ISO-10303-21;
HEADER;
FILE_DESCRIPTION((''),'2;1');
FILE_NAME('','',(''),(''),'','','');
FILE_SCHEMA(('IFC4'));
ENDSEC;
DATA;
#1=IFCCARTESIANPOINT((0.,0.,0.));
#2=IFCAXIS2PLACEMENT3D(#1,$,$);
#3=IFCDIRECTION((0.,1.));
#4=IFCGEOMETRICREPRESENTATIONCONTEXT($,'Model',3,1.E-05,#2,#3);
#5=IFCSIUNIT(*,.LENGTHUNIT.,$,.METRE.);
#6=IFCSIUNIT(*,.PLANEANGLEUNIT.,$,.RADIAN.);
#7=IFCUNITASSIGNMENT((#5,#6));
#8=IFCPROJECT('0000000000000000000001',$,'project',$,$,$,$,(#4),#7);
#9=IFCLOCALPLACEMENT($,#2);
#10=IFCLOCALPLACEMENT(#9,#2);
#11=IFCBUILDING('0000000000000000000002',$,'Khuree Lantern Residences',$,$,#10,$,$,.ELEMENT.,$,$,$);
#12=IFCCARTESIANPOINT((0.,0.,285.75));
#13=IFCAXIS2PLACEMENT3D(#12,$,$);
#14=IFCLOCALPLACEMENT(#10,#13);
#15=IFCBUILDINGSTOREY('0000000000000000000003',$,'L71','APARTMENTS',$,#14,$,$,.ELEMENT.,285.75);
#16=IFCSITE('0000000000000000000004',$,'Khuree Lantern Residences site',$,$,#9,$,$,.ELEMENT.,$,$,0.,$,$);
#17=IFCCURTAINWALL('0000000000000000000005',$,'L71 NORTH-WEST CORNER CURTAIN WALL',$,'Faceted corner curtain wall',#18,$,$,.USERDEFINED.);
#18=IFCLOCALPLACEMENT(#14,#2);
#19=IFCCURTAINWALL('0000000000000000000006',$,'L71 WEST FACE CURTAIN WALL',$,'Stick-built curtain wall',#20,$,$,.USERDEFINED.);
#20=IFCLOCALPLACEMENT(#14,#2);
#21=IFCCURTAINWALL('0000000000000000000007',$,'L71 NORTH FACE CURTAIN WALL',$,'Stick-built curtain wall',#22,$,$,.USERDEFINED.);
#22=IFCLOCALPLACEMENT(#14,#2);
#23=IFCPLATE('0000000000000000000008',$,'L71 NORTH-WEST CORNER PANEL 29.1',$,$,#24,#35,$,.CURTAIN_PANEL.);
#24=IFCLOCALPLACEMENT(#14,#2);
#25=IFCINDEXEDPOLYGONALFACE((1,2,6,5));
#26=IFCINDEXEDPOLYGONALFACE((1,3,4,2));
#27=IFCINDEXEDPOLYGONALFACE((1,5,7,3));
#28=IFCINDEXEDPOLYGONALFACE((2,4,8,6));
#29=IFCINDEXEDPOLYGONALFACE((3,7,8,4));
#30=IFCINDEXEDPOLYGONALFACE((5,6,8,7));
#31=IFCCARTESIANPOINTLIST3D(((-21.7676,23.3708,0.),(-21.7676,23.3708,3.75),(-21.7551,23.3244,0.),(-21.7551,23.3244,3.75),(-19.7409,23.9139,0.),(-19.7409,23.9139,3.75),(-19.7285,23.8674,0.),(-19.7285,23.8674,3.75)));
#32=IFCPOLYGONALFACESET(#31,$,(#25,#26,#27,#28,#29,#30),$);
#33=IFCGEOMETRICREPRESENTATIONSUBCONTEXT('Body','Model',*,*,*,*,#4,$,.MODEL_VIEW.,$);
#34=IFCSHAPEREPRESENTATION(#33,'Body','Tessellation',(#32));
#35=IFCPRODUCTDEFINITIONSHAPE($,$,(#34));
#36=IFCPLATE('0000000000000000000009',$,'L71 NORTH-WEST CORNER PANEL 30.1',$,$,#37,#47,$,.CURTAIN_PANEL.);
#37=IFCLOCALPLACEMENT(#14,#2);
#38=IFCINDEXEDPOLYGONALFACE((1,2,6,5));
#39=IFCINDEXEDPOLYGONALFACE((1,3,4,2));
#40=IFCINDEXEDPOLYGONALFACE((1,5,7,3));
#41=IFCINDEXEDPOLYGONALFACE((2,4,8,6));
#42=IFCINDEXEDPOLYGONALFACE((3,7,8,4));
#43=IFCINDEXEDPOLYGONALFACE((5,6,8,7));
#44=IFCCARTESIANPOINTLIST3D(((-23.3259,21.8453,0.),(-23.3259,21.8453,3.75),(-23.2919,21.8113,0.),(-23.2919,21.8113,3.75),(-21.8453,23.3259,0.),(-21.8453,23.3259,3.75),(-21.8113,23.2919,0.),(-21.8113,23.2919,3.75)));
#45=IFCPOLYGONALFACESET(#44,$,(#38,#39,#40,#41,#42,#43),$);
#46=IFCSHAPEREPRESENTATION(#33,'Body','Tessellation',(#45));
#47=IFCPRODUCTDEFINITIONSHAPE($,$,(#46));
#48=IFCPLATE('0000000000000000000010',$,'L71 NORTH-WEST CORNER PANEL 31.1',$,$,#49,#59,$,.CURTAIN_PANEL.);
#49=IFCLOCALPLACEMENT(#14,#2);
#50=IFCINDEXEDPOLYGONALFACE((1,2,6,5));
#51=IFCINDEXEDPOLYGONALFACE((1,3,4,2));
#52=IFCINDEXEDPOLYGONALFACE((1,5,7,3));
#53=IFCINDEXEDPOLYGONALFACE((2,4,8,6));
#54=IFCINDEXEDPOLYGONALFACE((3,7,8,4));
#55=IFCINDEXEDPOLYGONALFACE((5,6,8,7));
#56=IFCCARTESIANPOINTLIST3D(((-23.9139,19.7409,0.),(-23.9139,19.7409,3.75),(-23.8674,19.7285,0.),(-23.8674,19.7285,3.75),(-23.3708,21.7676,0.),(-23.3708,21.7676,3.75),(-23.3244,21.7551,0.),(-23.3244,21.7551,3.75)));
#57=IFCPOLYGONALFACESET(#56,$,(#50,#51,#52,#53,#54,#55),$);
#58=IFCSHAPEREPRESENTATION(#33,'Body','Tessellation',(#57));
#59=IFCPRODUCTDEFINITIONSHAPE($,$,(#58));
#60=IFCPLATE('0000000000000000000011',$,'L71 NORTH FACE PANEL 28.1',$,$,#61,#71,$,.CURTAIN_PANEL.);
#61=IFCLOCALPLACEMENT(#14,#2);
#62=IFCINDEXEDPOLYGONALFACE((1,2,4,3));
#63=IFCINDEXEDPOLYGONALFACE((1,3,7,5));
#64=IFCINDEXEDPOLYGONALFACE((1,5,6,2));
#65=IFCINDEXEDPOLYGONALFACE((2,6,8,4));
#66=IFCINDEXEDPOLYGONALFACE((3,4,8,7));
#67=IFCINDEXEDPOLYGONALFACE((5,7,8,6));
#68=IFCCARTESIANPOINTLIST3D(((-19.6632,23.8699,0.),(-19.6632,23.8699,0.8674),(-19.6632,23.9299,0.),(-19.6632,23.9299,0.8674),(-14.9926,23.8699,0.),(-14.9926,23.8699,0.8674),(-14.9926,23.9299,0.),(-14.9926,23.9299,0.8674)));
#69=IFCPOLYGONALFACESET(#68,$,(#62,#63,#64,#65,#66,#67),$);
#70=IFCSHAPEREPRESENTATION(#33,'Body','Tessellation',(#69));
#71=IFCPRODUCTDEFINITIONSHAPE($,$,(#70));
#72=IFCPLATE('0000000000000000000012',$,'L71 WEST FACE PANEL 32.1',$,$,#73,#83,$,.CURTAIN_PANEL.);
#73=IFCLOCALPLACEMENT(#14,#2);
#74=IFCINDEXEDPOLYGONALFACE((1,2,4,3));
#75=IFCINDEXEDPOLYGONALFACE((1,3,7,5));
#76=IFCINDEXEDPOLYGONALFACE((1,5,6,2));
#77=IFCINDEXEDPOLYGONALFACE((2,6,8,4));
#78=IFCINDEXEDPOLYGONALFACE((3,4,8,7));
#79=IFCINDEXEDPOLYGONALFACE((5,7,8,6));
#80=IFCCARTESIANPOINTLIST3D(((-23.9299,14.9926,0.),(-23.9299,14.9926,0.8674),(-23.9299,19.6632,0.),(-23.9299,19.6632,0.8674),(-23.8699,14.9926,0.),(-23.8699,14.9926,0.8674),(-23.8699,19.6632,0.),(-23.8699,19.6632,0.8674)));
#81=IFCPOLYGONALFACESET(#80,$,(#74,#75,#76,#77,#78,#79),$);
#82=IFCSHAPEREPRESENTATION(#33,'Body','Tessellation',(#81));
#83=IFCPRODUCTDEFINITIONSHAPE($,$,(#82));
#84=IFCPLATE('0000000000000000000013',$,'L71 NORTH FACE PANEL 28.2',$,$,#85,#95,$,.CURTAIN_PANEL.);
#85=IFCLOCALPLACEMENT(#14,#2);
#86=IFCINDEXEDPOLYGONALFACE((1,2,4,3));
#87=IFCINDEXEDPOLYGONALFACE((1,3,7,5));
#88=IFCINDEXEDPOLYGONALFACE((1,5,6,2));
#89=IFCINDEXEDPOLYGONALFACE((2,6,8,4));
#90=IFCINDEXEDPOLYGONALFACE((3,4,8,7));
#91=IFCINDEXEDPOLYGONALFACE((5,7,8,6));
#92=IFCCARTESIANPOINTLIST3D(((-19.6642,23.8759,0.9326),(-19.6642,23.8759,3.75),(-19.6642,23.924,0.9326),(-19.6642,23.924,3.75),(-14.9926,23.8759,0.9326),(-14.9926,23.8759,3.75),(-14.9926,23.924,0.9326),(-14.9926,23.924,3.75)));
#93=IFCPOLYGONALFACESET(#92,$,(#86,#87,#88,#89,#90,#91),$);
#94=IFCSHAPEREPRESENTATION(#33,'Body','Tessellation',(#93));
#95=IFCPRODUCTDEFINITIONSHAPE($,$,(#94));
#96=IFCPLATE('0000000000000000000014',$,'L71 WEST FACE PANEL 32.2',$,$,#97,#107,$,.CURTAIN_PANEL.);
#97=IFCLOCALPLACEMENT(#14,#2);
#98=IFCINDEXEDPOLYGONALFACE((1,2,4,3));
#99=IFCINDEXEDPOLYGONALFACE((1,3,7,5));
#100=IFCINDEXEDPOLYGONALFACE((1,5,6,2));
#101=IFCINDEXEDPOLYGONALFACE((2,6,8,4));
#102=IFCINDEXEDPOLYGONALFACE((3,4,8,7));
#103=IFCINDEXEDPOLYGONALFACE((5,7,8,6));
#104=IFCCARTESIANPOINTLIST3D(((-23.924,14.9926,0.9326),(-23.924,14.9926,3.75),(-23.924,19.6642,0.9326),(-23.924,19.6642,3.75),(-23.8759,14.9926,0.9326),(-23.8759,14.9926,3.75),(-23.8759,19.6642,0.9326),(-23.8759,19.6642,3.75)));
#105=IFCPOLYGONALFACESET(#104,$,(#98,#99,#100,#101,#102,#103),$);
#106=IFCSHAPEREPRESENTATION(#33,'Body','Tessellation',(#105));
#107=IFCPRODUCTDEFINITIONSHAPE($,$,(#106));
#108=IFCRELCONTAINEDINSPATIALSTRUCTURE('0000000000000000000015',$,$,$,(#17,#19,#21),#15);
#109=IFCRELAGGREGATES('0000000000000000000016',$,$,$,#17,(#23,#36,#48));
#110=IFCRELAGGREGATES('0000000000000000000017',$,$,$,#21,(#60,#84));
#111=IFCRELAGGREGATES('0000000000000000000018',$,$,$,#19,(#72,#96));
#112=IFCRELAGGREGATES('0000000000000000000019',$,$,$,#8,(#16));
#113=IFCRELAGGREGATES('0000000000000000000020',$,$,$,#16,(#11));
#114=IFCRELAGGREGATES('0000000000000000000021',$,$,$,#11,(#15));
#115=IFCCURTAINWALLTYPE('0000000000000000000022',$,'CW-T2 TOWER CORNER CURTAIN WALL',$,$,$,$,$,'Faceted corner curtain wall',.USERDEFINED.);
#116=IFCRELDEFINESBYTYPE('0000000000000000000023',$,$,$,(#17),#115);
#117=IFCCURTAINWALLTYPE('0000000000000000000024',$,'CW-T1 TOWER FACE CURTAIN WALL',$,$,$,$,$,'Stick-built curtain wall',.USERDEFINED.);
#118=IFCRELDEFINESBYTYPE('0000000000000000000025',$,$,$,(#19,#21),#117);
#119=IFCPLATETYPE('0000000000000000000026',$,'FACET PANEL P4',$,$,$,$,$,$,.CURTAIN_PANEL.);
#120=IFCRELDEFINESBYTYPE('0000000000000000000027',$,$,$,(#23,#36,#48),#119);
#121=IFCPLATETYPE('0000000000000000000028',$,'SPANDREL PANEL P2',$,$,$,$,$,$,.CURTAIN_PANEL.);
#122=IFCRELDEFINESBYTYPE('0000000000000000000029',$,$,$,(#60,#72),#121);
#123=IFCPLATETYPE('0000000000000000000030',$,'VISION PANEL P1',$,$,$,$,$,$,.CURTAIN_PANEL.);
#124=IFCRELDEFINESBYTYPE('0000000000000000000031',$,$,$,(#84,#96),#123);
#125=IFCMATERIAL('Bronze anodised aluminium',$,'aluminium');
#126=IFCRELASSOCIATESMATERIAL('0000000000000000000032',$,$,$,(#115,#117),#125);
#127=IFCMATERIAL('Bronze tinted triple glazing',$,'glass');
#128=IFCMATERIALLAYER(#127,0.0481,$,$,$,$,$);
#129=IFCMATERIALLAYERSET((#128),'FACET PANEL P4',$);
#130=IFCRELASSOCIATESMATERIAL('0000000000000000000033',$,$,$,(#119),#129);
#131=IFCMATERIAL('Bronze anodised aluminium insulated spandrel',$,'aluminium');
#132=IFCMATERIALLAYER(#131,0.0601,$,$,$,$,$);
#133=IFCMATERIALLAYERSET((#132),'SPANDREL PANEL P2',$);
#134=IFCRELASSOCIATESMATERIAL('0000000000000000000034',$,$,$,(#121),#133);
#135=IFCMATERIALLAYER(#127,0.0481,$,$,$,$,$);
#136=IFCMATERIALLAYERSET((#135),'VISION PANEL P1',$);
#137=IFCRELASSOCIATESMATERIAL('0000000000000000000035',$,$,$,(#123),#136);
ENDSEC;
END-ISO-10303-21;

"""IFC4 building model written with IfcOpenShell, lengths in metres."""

from ifc_helpers import new_model, si_unit, direction, frame, origin, origin_2d, place, context, subcontext, project, spatial, rectangle, extrude, material, layer, layer_set, type_object, element, aggregate, save


model = new_model("IFC4")

# Units and contexts
model_context = context("Model", 3, precision=1e-05, world=origin(), true_north=direction((0.0, 1.0)))
body_context = subcontext(model_context, "Body", "Model", "MODEL_VIEW")
ifc_project = project(units=[si_unit("LENGTHUNIT", "METRE"), si_unit("PLANEANGLEUNIT", "RADIAN")], contexts=[model_context])

# Site, building, storey
site_placement = place(None, origin())
site = spatial("IfcSite", under=ifc_project, at=site_placement, Name="Khuree Lantern Residences site", CompositionType="ELEMENT", RefElevation=0.0)
building_placement = place(site_placement, origin())
building = spatial("IfcBuilding", under=site, at=building_placement, Name="Khuree Lantern Residences", CompositionType="ELEMENT")
storey_placement = place(building_placement, frame((0.0, 0.0, 285.75)))
storey = spatial("IfcBuildingStorey", under=building, at=storey_placement, Name="L71", Description="APARTMENTS", CompositionType="ELEMENT", Elevation=285.75)

# Curtain walls
ifc_material_1 = material(Name="Bronze anodised aluminium", Category="aluminium")
curtain_wall_type_1 = type_object("IfcCurtainWallType", Name="CW-T2 TOWER CORNER CURTAIN WALL", ElementType="Faceted corner curtain wall", PredefinedType="USERDEFINED", material=ifc_material_1)
curtain_wall_1_placement = place(storey_placement, origin())
curtain_wall_1 = element("IfcCurtainWall", 1, at=curtain_wall_1_placement, inside=storey, type_object=curtain_wall_type_1, Name="L71 NORTH-WEST CORNER CURTAIN WALL", ObjectType="Faceted corner curtain wall", PredefinedType="USERDEFINED")
curtain_wall_type_2 = type_object("IfcCurtainWallType", Name="CW-T1 TOWER FACE CURTAIN WALL", ElementType="Stick-built curtain wall", PredefinedType="USERDEFINED", material=ifc_material_1)
curtain_wall_2_placement = place(storey_placement, origin())
curtain_wall_2 = element("IfcCurtainWall", 2, at=curtain_wall_2_placement, inside=storey, type_object=curtain_wall_type_2, Name="L71 WEST FACE CURTAIN WALL", ObjectType="Stick-built curtain wall", PredefinedType="USERDEFINED")

# Curtain wall
curtain_wall_3_placement = place(storey_placement, origin())
curtain_wall_3 = element("IfcCurtainWall", 3, at=curtain_wall_3_placement, inside=storey, type_object=curtain_wall_type_2, Name="L71 NORTH FACE CURTAIN WALL", ObjectType="Stick-built curtain wall", PredefinedType="USERDEFINED")

# Plates
ifc_material_2 = material(Name="Bronze tinted triple glazing", Category="glass")
ifc_layer_1 = layer(ifc_material_2, 0.0481)
ifc_layer_set_1 = layer_set([ifc_layer_1], Name="FACET PANEL P4")
plate_type_1 = type_object("IfcPlateType", Name="FACET PANEL P4", PredefinedType="CURTAIN_PANEL", material=ifc_layer_set_1)
plate_1_placement = place(storey_placement, frame((-20.748, 23.6191, 0.0), z_axis=(0.0, 0.0, 1.0), x_axis=(-0.965926, -0.258819, 0.0)))
plate_1 = element("IfcPlate", 4, at=plate_1_placement, type_object=plate_type_1, Name="L71 NORTH-WEST CORNER PANEL 29.1", PredefinedType="CURTAIN_PANEL", context=body_context, shape_type="SweptSolid", body=[
    extrude(rectangle(XDim=2.0981, YDim=0.0481, at=origin_2d()), origin(), (0.0, 0.0, 1.0), 3.75),
])
plate_2_placement = place(storey_placement, frame((-22.5686, 22.5686, 0.0), z_axis=(0.0, 0.0, 1.0), x_axis=(-0.707107, -0.707107, 0.0)))
plate_2 = element("IfcPlate", 5, at=plate_2_placement, type_object=plate_type_1, Name="L71 NORTH-WEST CORNER PANEL 30.1", PredefinedType="CURTAIN_PANEL", context=body_context, shape_type="SweptSolid", body=[
    extrude(rectangle(XDim=2.094, YDim=0.0481, at=origin_2d()), origin(), (0.0, 0.0, 1.0), 3.75),
])
plate_3_placement = place(storey_placement, frame((-23.6191, 20.748, 0.0), z_axis=(0.0, 0.0, 1.0), x_axis=(-0.258819, -0.965926, 0.0)))
plate_3 = element("IfcPlate", 6, at=plate_3_placement, type_object=plate_type_1, Name="L71 NORTH-WEST CORNER PANEL 31.1", PredefinedType="CURTAIN_PANEL", context=body_context, shape_type="SweptSolid", body=[
    extrude(rectangle(XDim=2.0981, YDim=0.0481, at=origin_2d()), origin(), (0.0, 0.0, 1.0), 3.75),
])
aggregate(curtain_wall_1, [plate_1, plate_2, plate_3])
ifc_material_3 = material(Name="Bronze anodised aluminium insulated spandrel", Category="aluminium")
ifc_layer_2 = layer(ifc_material_3, 0.0601)
ifc_layer_set_2 = layer_set([ifc_layer_2], Name="SPANDREL PANEL P2")
plate_type_2 = type_object("IfcPlateType", Name="SPANDREL PANEL P2", PredefinedType="CURTAIN_PANEL", material=ifc_layer_set_2)
plate_4_placement = place(storey_placement, frame((-17.3279, 23.8999, 0.0), z_axis=(0.0, 0.0, 1.0), x_axis=(-1.0, 0.0, 0.0)))
plate_4 = element("IfcPlate", 7, at=plate_4_placement, type_object=plate_type_2, Name="L71 NORTH FACE PANEL 28.1", PredefinedType="CURTAIN_PANEL", context=body_context, shape_type="SweptSolid", body=[
    extrude(rectangle(XDim=4.6707, YDim=0.0601, at=origin_2d()), origin(), (0.0, 0.0, 1.0), 0.8674),
])
plate_5_placement = place(storey_placement, frame((-23.8999, 17.3279, 0.0), z_axis=(0.0, 0.0, 1.0), x_axis=(0.0, -1.0, 0.0)))
plate_5 = element("IfcPlate", 8, at=plate_5_placement, type_object=plate_type_2, Name="L71 WEST FACE PANEL 32.1", PredefinedType="CURTAIN_PANEL", context=body_context, shape_type="SweptSolid", body=[
    extrude(rectangle(XDim=4.6707, YDim=0.0601, at=origin_2d()), origin(), (0.0, 0.0, 1.0), 0.8674),
])
ifc_layer_3 = layer(ifc_material_2, 0.0481)
ifc_layer_set_3 = layer_set([ifc_layer_3], Name="VISION PANEL P1")
plate_type_3 = type_object("IfcPlateType", Name="VISION PANEL P1", PredefinedType="CURTAIN_PANEL", material=ifc_layer_set_3)
plate_6_placement = place(storey_placement, frame((-17.3284, 23.8999, 0.9326), z_axis=(0.0, 0.0, 1.0), x_axis=(-1.0, 0.0, 0.0)))
plate_6 = element("IfcPlate", 9, at=plate_6_placement, type_object=plate_type_3, Name="L71 NORTH FACE PANEL 28.2", PredefinedType="CURTAIN_PANEL", context=body_context, shape_type="SweptSolid", body=[
    extrude(rectangle(XDim=4.6716, YDim=0.0481, at=origin_2d()), origin(), (0.0, 0.0, 1.0), 2.8174),
])
aggregate(curtain_wall_3, [plate_4, plate_6])
plate_7_placement = place(storey_placement, frame((-23.8999, 17.3284, 0.9326), z_axis=(0.0, 0.0, 1.0), x_axis=(0.0, -1.0, 0.0)))
plate_7 = element("IfcPlate", 10, at=plate_7_placement, type_object=plate_type_3, Name="L71 WEST FACE PANEL 32.2", PredefinedType="CURTAIN_PANEL", context=body_context, shape_type="SweptSolid", body=[
    extrude(rectangle(XDim=4.6716, YDim=0.0481, at=origin_2d()), origin(), (0.0, 0.0, 1.0), 2.8174),
])
aggregate(curtain_wall_2, [plate_5, plate_7])

save(model, "model.ifc")
